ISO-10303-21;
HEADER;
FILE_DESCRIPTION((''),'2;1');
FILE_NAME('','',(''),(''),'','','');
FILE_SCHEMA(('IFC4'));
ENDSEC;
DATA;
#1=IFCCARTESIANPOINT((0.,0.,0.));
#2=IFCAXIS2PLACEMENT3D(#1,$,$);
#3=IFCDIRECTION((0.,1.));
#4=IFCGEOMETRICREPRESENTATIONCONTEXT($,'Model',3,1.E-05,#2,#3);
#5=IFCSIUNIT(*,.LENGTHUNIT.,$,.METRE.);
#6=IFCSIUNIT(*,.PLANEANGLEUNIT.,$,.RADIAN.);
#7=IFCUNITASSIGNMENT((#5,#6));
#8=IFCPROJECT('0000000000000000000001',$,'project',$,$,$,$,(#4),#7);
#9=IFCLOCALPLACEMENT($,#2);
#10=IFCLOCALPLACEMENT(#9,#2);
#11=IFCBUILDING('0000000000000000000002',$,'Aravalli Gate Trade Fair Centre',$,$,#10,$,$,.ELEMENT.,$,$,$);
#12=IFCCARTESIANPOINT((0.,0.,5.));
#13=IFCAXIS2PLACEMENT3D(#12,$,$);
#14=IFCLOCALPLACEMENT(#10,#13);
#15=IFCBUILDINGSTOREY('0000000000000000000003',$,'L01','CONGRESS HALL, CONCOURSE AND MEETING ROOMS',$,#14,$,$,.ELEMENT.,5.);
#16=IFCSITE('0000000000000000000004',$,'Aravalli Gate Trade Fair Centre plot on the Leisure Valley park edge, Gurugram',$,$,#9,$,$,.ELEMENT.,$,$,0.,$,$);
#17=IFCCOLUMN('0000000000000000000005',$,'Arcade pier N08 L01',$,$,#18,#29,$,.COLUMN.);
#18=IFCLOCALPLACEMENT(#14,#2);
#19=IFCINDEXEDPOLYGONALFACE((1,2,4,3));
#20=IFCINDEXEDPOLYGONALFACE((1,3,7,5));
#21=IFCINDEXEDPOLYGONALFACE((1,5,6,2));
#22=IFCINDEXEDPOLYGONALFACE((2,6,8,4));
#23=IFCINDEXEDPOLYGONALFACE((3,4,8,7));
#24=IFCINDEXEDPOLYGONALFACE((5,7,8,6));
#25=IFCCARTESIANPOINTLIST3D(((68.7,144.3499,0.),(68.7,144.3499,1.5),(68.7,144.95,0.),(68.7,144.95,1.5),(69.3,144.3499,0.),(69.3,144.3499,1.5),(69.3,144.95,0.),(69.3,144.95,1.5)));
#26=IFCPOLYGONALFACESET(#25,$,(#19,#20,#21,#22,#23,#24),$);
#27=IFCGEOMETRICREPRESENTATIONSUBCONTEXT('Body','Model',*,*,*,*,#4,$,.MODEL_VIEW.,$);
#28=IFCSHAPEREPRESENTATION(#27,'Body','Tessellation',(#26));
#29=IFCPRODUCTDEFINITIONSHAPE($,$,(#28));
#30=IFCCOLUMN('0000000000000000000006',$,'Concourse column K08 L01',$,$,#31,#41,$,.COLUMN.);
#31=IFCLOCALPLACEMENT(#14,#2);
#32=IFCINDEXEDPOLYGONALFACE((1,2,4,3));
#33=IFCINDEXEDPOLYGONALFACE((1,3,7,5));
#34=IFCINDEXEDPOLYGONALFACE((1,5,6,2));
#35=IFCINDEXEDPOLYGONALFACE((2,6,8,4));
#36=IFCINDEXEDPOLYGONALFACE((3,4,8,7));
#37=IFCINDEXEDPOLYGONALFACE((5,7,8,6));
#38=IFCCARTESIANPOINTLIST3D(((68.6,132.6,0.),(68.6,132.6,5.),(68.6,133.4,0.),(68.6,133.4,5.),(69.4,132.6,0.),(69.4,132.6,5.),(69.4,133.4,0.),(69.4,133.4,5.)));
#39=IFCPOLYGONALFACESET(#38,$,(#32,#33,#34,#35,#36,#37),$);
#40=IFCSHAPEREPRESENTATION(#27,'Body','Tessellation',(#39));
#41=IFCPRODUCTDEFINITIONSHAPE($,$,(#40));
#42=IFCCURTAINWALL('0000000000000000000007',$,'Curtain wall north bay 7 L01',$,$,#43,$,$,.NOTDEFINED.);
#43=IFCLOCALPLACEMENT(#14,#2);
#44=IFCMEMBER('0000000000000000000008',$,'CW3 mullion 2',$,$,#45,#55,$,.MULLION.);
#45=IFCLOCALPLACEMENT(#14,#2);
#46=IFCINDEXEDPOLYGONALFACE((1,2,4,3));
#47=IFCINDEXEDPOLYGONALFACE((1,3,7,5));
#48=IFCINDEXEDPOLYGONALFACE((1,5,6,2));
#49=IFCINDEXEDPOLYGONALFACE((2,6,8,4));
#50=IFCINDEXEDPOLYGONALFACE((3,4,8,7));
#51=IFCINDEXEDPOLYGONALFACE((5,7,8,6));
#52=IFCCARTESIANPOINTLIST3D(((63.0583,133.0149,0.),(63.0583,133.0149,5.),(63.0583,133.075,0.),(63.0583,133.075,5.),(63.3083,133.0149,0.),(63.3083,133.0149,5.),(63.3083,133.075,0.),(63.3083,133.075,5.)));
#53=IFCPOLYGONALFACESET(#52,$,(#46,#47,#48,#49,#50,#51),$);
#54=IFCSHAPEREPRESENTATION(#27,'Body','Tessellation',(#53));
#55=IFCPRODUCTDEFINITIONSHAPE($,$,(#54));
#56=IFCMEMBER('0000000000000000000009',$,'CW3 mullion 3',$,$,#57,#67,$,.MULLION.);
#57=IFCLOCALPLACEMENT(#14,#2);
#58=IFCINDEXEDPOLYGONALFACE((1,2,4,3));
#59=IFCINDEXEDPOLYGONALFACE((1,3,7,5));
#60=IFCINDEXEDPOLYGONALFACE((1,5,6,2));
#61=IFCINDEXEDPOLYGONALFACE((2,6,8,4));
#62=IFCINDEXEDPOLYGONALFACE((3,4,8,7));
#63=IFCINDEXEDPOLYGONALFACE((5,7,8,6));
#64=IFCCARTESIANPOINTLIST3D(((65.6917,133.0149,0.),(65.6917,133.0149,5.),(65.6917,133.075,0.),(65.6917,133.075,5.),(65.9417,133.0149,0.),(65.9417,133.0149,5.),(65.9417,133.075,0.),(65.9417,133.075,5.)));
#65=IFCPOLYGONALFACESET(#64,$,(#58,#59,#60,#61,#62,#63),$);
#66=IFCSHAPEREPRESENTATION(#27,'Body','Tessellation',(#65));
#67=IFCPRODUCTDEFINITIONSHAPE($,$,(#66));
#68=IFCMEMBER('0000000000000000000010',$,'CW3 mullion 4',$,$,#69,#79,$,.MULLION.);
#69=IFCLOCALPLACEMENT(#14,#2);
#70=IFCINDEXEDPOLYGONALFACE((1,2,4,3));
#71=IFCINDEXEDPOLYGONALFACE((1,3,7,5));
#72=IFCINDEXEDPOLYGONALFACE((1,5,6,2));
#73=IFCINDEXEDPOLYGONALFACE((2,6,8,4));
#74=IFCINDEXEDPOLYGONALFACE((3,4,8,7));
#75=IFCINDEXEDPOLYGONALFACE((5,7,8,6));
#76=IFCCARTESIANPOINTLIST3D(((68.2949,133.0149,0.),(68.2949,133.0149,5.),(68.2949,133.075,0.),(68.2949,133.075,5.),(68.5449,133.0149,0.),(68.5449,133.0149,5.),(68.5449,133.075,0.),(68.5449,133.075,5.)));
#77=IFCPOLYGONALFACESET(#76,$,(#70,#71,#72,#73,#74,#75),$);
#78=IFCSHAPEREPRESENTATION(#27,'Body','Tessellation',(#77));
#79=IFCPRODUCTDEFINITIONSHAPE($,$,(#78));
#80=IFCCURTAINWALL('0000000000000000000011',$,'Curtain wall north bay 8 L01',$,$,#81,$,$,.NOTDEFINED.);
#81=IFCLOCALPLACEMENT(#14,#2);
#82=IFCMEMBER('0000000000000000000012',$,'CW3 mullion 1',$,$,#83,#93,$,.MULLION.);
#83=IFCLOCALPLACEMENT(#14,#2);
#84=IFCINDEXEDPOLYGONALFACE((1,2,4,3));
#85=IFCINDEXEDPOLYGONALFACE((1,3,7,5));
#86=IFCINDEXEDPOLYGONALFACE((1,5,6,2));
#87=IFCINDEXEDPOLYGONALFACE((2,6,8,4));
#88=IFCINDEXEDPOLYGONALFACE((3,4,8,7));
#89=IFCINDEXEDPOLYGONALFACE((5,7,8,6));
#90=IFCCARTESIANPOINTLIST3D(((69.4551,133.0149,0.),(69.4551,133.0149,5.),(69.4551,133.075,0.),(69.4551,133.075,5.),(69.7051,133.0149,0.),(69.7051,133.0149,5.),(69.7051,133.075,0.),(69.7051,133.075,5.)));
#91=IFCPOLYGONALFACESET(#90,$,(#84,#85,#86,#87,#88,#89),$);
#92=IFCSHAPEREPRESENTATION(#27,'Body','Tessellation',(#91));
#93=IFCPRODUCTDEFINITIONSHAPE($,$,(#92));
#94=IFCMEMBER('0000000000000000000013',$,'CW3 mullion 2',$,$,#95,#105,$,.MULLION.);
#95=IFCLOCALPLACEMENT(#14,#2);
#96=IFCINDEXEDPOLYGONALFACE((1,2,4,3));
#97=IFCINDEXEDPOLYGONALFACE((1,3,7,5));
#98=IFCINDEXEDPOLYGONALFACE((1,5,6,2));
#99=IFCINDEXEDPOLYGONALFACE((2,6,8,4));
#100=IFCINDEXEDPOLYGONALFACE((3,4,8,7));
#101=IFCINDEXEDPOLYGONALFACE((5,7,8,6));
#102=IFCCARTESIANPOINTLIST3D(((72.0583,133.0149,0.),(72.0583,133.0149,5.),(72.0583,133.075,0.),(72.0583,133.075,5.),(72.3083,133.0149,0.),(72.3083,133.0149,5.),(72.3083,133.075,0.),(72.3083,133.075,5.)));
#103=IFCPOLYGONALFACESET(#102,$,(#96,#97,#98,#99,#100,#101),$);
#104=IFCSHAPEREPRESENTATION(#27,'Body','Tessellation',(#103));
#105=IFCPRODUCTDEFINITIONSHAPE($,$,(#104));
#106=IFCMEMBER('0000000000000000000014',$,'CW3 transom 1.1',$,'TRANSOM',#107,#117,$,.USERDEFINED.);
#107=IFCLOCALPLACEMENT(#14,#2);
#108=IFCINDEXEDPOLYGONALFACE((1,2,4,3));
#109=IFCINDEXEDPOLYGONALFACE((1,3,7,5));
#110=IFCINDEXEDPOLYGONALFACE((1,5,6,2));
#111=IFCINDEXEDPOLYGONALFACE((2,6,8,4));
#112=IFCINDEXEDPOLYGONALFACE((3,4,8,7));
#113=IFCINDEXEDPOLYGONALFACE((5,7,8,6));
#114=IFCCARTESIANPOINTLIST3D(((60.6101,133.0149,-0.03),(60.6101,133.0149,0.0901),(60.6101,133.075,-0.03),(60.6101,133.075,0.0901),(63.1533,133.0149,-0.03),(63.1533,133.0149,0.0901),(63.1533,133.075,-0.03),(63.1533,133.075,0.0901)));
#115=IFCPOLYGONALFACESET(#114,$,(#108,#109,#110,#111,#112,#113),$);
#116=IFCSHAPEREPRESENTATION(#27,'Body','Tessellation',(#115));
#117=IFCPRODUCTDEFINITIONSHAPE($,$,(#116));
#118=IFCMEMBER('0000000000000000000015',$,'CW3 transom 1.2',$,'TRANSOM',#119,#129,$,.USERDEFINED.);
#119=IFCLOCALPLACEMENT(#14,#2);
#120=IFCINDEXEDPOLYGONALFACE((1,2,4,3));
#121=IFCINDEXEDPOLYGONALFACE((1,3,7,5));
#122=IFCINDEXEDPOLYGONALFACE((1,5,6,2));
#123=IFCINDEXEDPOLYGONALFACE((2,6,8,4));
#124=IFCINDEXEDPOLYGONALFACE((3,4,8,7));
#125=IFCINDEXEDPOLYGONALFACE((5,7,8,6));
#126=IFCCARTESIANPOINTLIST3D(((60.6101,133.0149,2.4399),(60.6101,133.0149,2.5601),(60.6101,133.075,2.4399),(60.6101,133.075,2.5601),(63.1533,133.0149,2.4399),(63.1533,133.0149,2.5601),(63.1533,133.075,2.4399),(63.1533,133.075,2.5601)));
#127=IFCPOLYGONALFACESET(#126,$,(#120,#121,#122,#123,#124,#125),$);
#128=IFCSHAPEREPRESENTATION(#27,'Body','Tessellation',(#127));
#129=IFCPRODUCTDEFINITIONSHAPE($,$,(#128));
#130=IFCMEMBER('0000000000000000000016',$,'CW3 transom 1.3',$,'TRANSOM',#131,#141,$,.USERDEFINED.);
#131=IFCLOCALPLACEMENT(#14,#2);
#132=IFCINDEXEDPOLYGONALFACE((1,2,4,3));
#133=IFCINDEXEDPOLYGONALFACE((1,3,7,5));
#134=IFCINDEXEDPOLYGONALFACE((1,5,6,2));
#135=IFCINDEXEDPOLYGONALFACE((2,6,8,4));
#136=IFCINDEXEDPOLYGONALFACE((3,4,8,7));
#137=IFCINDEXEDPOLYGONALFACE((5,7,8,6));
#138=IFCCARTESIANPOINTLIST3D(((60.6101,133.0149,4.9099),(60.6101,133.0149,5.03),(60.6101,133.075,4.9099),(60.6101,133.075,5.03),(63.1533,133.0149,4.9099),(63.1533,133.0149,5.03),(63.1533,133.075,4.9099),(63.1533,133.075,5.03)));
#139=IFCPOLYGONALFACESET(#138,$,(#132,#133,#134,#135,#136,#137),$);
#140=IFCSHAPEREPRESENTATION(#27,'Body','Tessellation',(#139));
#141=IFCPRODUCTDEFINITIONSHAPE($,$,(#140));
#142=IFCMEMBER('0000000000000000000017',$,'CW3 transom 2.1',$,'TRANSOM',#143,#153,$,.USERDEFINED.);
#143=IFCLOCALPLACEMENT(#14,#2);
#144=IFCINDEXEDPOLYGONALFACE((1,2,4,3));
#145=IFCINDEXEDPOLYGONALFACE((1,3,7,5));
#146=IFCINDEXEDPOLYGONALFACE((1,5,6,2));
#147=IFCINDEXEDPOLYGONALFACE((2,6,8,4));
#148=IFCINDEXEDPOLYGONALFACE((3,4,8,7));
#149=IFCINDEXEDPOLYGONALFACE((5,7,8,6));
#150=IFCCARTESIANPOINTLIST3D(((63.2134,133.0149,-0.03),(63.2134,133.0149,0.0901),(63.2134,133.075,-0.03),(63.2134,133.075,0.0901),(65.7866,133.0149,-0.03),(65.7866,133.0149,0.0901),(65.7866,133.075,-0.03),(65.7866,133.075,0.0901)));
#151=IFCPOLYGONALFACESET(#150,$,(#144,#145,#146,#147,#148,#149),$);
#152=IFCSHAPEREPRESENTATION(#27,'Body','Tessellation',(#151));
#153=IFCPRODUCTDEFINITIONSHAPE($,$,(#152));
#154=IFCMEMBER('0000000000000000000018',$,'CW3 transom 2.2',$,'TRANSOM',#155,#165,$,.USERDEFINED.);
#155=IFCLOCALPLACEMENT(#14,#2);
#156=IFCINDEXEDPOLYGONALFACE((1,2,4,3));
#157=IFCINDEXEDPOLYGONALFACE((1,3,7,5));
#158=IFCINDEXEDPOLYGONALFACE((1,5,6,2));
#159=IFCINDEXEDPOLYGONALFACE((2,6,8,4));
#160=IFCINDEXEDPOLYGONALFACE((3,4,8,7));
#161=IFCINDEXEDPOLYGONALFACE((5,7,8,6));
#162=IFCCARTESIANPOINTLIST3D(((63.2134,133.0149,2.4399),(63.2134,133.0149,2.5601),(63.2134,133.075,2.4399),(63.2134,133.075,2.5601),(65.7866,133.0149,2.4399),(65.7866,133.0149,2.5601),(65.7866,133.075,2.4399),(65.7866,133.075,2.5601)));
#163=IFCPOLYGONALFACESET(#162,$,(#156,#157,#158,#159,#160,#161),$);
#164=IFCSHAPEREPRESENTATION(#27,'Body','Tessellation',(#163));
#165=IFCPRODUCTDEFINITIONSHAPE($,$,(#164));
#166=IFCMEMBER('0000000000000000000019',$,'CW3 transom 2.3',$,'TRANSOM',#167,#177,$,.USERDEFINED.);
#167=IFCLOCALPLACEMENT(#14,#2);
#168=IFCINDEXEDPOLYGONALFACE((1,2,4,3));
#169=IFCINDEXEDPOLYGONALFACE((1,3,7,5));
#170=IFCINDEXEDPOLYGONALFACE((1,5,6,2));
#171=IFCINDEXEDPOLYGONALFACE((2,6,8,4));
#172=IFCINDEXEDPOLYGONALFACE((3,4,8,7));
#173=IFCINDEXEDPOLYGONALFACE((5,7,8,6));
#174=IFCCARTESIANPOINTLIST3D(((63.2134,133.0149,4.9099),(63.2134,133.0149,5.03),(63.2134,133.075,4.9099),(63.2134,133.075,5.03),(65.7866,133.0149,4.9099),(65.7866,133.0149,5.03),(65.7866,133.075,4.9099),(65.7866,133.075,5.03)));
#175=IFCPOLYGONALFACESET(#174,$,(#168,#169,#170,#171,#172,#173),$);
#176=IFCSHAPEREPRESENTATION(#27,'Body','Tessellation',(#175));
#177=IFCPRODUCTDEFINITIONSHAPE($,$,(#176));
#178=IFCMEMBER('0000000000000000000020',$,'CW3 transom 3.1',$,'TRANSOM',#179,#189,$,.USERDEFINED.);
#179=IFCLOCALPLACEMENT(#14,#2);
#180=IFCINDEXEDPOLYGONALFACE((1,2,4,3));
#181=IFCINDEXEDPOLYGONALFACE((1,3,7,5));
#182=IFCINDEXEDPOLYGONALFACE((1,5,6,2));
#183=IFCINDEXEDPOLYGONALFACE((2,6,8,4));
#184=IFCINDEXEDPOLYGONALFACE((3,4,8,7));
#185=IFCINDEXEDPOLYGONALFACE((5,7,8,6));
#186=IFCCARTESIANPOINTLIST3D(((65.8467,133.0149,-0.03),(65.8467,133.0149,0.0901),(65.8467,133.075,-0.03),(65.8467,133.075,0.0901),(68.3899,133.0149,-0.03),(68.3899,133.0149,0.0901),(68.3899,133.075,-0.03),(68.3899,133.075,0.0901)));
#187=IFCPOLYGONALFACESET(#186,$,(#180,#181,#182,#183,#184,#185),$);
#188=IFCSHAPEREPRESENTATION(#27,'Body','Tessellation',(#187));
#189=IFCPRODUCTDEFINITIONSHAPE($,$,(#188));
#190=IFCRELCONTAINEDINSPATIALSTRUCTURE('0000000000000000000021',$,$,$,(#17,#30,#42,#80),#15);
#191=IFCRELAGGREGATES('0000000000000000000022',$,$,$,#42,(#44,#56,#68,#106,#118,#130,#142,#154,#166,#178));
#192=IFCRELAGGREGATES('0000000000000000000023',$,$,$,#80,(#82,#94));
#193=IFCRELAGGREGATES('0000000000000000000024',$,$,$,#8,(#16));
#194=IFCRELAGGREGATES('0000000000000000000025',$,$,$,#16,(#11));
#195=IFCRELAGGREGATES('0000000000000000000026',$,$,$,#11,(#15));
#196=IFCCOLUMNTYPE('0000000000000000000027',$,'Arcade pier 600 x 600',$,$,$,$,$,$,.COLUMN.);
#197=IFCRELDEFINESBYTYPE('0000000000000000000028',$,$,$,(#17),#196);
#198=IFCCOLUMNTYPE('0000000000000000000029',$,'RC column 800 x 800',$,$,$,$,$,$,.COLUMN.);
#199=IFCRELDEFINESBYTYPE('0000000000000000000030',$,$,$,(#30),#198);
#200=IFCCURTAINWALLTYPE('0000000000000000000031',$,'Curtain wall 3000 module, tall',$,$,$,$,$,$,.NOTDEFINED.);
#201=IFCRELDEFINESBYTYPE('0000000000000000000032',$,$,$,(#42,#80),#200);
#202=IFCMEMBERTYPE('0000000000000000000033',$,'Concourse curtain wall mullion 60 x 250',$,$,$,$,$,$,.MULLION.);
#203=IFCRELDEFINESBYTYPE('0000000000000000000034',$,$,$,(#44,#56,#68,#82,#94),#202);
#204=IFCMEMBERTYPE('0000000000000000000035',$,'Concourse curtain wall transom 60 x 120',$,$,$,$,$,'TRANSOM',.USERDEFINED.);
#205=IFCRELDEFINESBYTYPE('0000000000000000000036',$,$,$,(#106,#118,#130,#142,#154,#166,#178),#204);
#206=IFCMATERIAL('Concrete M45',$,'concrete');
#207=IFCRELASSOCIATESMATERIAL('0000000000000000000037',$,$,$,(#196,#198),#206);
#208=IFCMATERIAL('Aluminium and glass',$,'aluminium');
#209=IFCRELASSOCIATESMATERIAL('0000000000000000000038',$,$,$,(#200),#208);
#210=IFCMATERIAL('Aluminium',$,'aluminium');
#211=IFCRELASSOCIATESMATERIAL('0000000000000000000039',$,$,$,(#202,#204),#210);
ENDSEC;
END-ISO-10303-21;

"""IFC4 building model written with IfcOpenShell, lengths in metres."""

from ifc_helpers import new_model, si_unit, direction, frame, origin, origin_2d, place, context, subcontext, project, spatial, rectangle, extrude, material, material_profile, profile_set, type_object, element, aggregate, save


model = new_model("IFC4")

# Units and contexts
model_context = context("Model", 3, precision=1e-05, world=origin(), true_north=direction((0.0, 1.0)))
body_context = subcontext(model_context, "Body", "Model", "MODEL_VIEW")
ifc_project = project(units=[si_unit("LENGTHUNIT", "METRE"), si_unit("PLANEANGLEUNIT", "RADIAN")], contexts=[model_context])

# Site, building, storey
site_placement = place(None, origin())
site = spatial("IfcSite", under=ifc_project, at=site_placement, Name="Aravalli Gate Trade Fair Centre plot on the Leisure Valley park edge, Gurugram", CompositionType="ELEMENT", RefElevation=0.0)
building_placement = place(site_placement, origin())
building = spatial("IfcBuilding", under=site, at=building_placement, Name="Aravalli Gate Trade Fair Centre", CompositionType="ELEMENT")
storey_placement = place(building_placement, frame((0.0, 0.0, 5.0)))
storey = spatial("IfcBuildingStorey", under=building, at=storey_placement, Name="L01", Description="CONGRESS HALL, CONCOURSE AND MEETING ROOMS", CompositionType="ELEMENT", Elevation=5.0)

# Columns
ifc_material_1 = material(Name="Concrete M45", Category="concrete")
ifc_material_profile_1 = material_profile(ifc_material_1, rectangle(XDim=0.6001, YDim=0.6001, at=origin_2d()), Name="Arcade pier 600 x 600")
ifc_profile_set_1 = profile_set([ifc_material_profile_1], Name="Concrete M45")
column_type_1 = type_object("IfcColumnType", Name="Arcade pier 600 x 600", PredefinedType="COLUMN", material=ifc_profile_set_1)
column_1_placement = place(storey_placement, frame((69.0, 144.6499, 0.0), z_axis=(0.0, 0.0, 1.0), x_axis=(1.0, 0.0, 0.0)))
element("IfcColumn", 1, at=column_1_placement, inside=storey, type_object=column_type_1, Name="Arcade pier N08 L01", PredefinedType="COLUMN", context=body_context, shape_type="SweptSolid", body=[
    extrude(rectangle(XDim=0.6001, YDim=0.6001, at=origin_2d()), origin(), (0.0, 0.0, 1.0), 1.5),
])
ifc_material_profile_2 = material_profile(ifc_material_1, rectangle(XDim=0.8, YDim=0.8, at=origin_2d()), Name="RC column 800 x 800")
ifc_profile_set_2 = profile_set([ifc_material_profile_2], Name="Concrete M45")
column_type_2 = type_object("IfcColumnType", Name="RC column 800 x 800", PredefinedType="COLUMN", material=ifc_profile_set_2)
column_2_placement = place(storey_placement, frame((69.0, 133.0, 0.0), z_axis=(0.0, 0.0, 1.0), x_axis=(1.0, 0.0, 0.0)))
element("IfcColumn", 2, at=column_2_placement, inside=storey, type_object=column_type_2, Name="Concourse column K08 L01", PredefinedType="COLUMN", context=body_context, shape_type="SweptSolid", body=[
    extrude(rectangle(XDim=0.8, YDim=0.8, at=origin_2d()), origin(), (0.0, 0.0, 1.0), 5.0),
])

# Curtain walls, members
ifc_material_2 = material(Name="Aluminium and glass", Category="aluminium")
curtain_wall_type = type_object("IfcCurtainWallType", Name="Curtain wall 3000 module, tall", PredefinedType="NOTDEFINED", material=ifc_material_2)
curtain_wall_1_placement = place(storey_placement, origin())
curtain_wall_1 = element("IfcCurtainWall", 3, at=curtain_wall_1_placement, inside=storey, type_object=curtain_wall_type, Name="Curtain wall north bay 7 L01", PredefinedType="NOTDEFINED")
ifc_material_3 = material(Name="Aluminium", Category="aluminium")
ifc_material_profile_3 = material_profile(ifc_material_3, rectangle(XDim=0.0601, YDim=0.25, at=origin_2d()), Name="Concourse curtain wall mullion 60 x 250")
ifc_profile_set_3 = profile_set([ifc_material_profile_3], Name="Aluminium")
member_type_1 = type_object("IfcMemberType", Name="Concourse curtain wall mullion 60 x 250", PredefinedType="MULLION", material=ifc_profile_set_3)
member_1_placement = place(storey_placement, frame((63.1833, 133.0449, 0.0), z_axis=(0.0, 0.0, 1.0), x_axis=(0.0, 1.0, 0.0)))
member_1 = element("IfcMember", 4, at=member_1_placement, type_object=member_type_1, Name="CW3 mullion 2", PredefinedType="MULLION", context=body_context, shape_type="SweptSolid", body=[
    extrude(rectangle(XDim=0.0601, YDim=0.25, at=origin_2d()), origin(), (0.0, 0.0, 1.0), 5.0),
])
member_2_placement = place(storey_placement, frame((65.8167, 133.0449, 0.0), z_axis=(0.0, 0.0, 1.0), x_axis=(0.0, 1.0, 0.0)))
member_2 = element("IfcMember", 5, at=member_2_placement, type_object=member_type_1, Name="CW3 mullion 3", PredefinedType="MULLION", context=body_context, shape_type="SweptSolid", body=[
    extrude(rectangle(XDim=0.0601, YDim=0.25, at=origin_2d()), origin(), (0.0, 0.0, 1.0), 5.0),
])
member_3_placement = place(storey_placement, frame((68.4199, 133.0449, 0.0), z_axis=(0.0, 0.0, 1.0), x_axis=(0.0, 1.0, 0.0)))
member_3 = element("IfcMember", 6, at=member_3_placement, type_object=member_type_1, Name="CW3 mullion 4", PredefinedType="MULLION", context=body_context, shape_type="SweptSolid", body=[
    extrude(rectangle(XDim=0.0601, YDim=0.25, at=origin_2d()), origin(), (0.0, 0.0, 1.0), 5.0),
])
curtain_wall_2_placement = place(storey_placement, origin())
curtain_wall_2 = element("IfcCurtainWall", 7, at=curtain_wall_2_placement, inside=storey, type_object=curtain_wall_type, Name="Curtain wall north bay 8 L01", PredefinedType="NOTDEFINED")
member_4_placement = place(storey_placement, frame((69.5801, 133.0449, 0.0), z_axis=(0.0, 0.0, 1.0), x_axis=(0.0, 1.0, 0.0)))
member_4 = element("IfcMember", 8, at=member_4_placement, type_object=member_type_1, Name="CW3 mullion 1", PredefinedType="MULLION", context=body_context, shape_type="SweptSolid", body=[
    extrude(rectangle(XDim=0.0601, YDim=0.25, at=origin_2d()), origin(), (0.0, 0.0, 1.0), 5.0),
])
member_5_placement = place(storey_placement, frame((72.1833, 133.0449, 0.0), z_axis=(0.0, 0.0, 1.0), x_axis=(0.0, 1.0, 0.0)))
member_5 = element("IfcMember", 9, at=member_5_placement, type_object=member_type_1, Name="CW3 mullion 2", PredefinedType="MULLION", context=body_context, shape_type="SweptSolid", body=[
    extrude(rectangle(XDim=0.0601, YDim=0.25, at=origin_2d()), origin(), (0.0, 0.0, 1.0), 5.0),
])

# Members
ifc_material_profile_4 = material_profile(ifc_material_3, rectangle(XDim=0.0601, YDim=0.1201, at=origin_2d()), Name="Concourse curtain wall transom 60 x 120")
ifc_profile_set_4 = profile_set([ifc_material_profile_4], Name="Aluminium")
member_type_2 = type_object("IfcMemberType", Name="Concourse curtain wall transom 60 x 120", ElementType="TRANSOM", PredefinedType="USERDEFINED", material=ifc_profile_set_4)
member_6_placement = place(storey_placement, frame((60.6101, 133.0449, 0.03), z_axis=(1.0, 0.0, 0.0), x_axis=(0.0, 1.0, 0.0)))
member_6 = element("IfcMember", 10, at=member_6_placement, type_object=member_type_2, Name="CW3 transom 1.1", ObjectType="TRANSOM", PredefinedType="USERDEFINED", context=body_context, shape_type="SweptSolid", body=[
    extrude(rectangle(XDim=0.0601, YDim=0.1201, at=origin_2d()), origin(), (0.0, 0.0, 1.0), 2.5432),
])
member_7_placement = place(storey_placement, frame((60.6101, 133.0449, 2.5), z_axis=(1.0, 0.0, 0.0), x_axis=(0.0, 1.0, 0.0)))
member_7 = element("IfcMember", 11, at=member_7_placement, type_object=member_type_2, Name="CW3 transom 1.2", ObjectType="TRANSOM", PredefinedType="USERDEFINED", context=body_context, shape_type="SweptSolid", body=[
    extrude(rectangle(XDim=0.0601, YDim=0.1201, at=origin_2d()), origin(), (0.0, 0.0, 1.0), 2.5432),
])
member_8_placement = place(storey_placement, frame((60.6101, 133.0449, 4.97), z_axis=(1.0, 0.0, 0.0), x_axis=(0.0, 1.0, 0.0)))
member_8 = element("IfcMember", 12, at=member_8_placement, type_object=member_type_2, Name="CW3 transom 1.3", ObjectType="TRANSOM", PredefinedType="USERDEFINED", context=body_context, shape_type="SweptSolid", body=[
    extrude(rectangle(XDim=0.0601, YDim=0.1201, at=origin_2d()), origin(), (0.0, 0.0, 1.0), 2.5432),
])
member_9_placement = place(storey_placement, frame((63.2134, 133.0449, 0.03), z_axis=(1.0, 0.0, 0.0), x_axis=(0.0, 1.0, 0.0)))
member_9 = element("IfcMember", 13, at=member_9_placement, type_object=member_type_2, Name="CW3 transom 2.1", ObjectType="TRANSOM", PredefinedType="USERDEFINED", context=body_context, shape_type="SweptSolid", body=[
    extrude(rectangle(XDim=0.0601, YDim=0.1201, at=origin_2d()), origin(), (0.0, 0.0, 1.0), 2.5732),
])
member_10_placement = place(storey_placement, frame((63.2134, 133.0449, 2.5), z_axis=(1.0, 0.0, 0.0), x_axis=(0.0, 1.0, 0.0)))
member_10 = element("IfcMember", 14, at=member_10_placement, type_object=member_type_2, Name="CW3 transom 2.2", ObjectType="TRANSOM", PredefinedType="USERDEFINED", context=body_context, shape_type="SweptSolid", body=[
    extrude(rectangle(XDim=0.0601, YDim=0.1201, at=origin_2d()), origin(), (0.0, 0.0, 1.0), 2.5732),
])
member_11_placement = place(storey_placement, frame((63.2134, 133.0449, 4.97), z_axis=(1.0, 0.0, 0.0), x_axis=(0.0, 1.0, 0.0)))
member_11 = element("IfcMember", 15, at=member_11_placement, type_object=member_type_2, Name="CW3 transom 2.3", ObjectType="TRANSOM", PredefinedType="USERDEFINED", context=body_context, shape_type="SweptSolid", body=[
    extrude(rectangle(XDim=0.0601, YDim=0.1201, at=origin_2d()), origin(), (0.0, 0.0, 1.0), 2.5732),
])
member_12_placement = place(storey_placement, frame((65.8467, 133.0449, 0.03), z_axis=(1.0, 0.0, 0.0), x_axis=(0.0, 1.0, 0.0)))
member_12 = element("IfcMember", 16, at=member_12_placement, type_object=member_type_2, Name="CW3 transom 3.1", ObjectType="TRANSOM", PredefinedType="USERDEFINED", context=body_context, shape_type="SweptSolid", body=[
    extrude(rectangle(XDim=0.0601, YDim=0.1201, at=origin_2d()), origin(), (0.0, 0.0, 1.0), 2.5432),
])

aggregate(curtain_wall_1, [member_1, member_2, member_3, member_6, member_7, member_8, member_9, member_10, member_11, member_12])
aggregate(curtain_wall_2, [member_4, member_5])

save(model, "model.ifc")
